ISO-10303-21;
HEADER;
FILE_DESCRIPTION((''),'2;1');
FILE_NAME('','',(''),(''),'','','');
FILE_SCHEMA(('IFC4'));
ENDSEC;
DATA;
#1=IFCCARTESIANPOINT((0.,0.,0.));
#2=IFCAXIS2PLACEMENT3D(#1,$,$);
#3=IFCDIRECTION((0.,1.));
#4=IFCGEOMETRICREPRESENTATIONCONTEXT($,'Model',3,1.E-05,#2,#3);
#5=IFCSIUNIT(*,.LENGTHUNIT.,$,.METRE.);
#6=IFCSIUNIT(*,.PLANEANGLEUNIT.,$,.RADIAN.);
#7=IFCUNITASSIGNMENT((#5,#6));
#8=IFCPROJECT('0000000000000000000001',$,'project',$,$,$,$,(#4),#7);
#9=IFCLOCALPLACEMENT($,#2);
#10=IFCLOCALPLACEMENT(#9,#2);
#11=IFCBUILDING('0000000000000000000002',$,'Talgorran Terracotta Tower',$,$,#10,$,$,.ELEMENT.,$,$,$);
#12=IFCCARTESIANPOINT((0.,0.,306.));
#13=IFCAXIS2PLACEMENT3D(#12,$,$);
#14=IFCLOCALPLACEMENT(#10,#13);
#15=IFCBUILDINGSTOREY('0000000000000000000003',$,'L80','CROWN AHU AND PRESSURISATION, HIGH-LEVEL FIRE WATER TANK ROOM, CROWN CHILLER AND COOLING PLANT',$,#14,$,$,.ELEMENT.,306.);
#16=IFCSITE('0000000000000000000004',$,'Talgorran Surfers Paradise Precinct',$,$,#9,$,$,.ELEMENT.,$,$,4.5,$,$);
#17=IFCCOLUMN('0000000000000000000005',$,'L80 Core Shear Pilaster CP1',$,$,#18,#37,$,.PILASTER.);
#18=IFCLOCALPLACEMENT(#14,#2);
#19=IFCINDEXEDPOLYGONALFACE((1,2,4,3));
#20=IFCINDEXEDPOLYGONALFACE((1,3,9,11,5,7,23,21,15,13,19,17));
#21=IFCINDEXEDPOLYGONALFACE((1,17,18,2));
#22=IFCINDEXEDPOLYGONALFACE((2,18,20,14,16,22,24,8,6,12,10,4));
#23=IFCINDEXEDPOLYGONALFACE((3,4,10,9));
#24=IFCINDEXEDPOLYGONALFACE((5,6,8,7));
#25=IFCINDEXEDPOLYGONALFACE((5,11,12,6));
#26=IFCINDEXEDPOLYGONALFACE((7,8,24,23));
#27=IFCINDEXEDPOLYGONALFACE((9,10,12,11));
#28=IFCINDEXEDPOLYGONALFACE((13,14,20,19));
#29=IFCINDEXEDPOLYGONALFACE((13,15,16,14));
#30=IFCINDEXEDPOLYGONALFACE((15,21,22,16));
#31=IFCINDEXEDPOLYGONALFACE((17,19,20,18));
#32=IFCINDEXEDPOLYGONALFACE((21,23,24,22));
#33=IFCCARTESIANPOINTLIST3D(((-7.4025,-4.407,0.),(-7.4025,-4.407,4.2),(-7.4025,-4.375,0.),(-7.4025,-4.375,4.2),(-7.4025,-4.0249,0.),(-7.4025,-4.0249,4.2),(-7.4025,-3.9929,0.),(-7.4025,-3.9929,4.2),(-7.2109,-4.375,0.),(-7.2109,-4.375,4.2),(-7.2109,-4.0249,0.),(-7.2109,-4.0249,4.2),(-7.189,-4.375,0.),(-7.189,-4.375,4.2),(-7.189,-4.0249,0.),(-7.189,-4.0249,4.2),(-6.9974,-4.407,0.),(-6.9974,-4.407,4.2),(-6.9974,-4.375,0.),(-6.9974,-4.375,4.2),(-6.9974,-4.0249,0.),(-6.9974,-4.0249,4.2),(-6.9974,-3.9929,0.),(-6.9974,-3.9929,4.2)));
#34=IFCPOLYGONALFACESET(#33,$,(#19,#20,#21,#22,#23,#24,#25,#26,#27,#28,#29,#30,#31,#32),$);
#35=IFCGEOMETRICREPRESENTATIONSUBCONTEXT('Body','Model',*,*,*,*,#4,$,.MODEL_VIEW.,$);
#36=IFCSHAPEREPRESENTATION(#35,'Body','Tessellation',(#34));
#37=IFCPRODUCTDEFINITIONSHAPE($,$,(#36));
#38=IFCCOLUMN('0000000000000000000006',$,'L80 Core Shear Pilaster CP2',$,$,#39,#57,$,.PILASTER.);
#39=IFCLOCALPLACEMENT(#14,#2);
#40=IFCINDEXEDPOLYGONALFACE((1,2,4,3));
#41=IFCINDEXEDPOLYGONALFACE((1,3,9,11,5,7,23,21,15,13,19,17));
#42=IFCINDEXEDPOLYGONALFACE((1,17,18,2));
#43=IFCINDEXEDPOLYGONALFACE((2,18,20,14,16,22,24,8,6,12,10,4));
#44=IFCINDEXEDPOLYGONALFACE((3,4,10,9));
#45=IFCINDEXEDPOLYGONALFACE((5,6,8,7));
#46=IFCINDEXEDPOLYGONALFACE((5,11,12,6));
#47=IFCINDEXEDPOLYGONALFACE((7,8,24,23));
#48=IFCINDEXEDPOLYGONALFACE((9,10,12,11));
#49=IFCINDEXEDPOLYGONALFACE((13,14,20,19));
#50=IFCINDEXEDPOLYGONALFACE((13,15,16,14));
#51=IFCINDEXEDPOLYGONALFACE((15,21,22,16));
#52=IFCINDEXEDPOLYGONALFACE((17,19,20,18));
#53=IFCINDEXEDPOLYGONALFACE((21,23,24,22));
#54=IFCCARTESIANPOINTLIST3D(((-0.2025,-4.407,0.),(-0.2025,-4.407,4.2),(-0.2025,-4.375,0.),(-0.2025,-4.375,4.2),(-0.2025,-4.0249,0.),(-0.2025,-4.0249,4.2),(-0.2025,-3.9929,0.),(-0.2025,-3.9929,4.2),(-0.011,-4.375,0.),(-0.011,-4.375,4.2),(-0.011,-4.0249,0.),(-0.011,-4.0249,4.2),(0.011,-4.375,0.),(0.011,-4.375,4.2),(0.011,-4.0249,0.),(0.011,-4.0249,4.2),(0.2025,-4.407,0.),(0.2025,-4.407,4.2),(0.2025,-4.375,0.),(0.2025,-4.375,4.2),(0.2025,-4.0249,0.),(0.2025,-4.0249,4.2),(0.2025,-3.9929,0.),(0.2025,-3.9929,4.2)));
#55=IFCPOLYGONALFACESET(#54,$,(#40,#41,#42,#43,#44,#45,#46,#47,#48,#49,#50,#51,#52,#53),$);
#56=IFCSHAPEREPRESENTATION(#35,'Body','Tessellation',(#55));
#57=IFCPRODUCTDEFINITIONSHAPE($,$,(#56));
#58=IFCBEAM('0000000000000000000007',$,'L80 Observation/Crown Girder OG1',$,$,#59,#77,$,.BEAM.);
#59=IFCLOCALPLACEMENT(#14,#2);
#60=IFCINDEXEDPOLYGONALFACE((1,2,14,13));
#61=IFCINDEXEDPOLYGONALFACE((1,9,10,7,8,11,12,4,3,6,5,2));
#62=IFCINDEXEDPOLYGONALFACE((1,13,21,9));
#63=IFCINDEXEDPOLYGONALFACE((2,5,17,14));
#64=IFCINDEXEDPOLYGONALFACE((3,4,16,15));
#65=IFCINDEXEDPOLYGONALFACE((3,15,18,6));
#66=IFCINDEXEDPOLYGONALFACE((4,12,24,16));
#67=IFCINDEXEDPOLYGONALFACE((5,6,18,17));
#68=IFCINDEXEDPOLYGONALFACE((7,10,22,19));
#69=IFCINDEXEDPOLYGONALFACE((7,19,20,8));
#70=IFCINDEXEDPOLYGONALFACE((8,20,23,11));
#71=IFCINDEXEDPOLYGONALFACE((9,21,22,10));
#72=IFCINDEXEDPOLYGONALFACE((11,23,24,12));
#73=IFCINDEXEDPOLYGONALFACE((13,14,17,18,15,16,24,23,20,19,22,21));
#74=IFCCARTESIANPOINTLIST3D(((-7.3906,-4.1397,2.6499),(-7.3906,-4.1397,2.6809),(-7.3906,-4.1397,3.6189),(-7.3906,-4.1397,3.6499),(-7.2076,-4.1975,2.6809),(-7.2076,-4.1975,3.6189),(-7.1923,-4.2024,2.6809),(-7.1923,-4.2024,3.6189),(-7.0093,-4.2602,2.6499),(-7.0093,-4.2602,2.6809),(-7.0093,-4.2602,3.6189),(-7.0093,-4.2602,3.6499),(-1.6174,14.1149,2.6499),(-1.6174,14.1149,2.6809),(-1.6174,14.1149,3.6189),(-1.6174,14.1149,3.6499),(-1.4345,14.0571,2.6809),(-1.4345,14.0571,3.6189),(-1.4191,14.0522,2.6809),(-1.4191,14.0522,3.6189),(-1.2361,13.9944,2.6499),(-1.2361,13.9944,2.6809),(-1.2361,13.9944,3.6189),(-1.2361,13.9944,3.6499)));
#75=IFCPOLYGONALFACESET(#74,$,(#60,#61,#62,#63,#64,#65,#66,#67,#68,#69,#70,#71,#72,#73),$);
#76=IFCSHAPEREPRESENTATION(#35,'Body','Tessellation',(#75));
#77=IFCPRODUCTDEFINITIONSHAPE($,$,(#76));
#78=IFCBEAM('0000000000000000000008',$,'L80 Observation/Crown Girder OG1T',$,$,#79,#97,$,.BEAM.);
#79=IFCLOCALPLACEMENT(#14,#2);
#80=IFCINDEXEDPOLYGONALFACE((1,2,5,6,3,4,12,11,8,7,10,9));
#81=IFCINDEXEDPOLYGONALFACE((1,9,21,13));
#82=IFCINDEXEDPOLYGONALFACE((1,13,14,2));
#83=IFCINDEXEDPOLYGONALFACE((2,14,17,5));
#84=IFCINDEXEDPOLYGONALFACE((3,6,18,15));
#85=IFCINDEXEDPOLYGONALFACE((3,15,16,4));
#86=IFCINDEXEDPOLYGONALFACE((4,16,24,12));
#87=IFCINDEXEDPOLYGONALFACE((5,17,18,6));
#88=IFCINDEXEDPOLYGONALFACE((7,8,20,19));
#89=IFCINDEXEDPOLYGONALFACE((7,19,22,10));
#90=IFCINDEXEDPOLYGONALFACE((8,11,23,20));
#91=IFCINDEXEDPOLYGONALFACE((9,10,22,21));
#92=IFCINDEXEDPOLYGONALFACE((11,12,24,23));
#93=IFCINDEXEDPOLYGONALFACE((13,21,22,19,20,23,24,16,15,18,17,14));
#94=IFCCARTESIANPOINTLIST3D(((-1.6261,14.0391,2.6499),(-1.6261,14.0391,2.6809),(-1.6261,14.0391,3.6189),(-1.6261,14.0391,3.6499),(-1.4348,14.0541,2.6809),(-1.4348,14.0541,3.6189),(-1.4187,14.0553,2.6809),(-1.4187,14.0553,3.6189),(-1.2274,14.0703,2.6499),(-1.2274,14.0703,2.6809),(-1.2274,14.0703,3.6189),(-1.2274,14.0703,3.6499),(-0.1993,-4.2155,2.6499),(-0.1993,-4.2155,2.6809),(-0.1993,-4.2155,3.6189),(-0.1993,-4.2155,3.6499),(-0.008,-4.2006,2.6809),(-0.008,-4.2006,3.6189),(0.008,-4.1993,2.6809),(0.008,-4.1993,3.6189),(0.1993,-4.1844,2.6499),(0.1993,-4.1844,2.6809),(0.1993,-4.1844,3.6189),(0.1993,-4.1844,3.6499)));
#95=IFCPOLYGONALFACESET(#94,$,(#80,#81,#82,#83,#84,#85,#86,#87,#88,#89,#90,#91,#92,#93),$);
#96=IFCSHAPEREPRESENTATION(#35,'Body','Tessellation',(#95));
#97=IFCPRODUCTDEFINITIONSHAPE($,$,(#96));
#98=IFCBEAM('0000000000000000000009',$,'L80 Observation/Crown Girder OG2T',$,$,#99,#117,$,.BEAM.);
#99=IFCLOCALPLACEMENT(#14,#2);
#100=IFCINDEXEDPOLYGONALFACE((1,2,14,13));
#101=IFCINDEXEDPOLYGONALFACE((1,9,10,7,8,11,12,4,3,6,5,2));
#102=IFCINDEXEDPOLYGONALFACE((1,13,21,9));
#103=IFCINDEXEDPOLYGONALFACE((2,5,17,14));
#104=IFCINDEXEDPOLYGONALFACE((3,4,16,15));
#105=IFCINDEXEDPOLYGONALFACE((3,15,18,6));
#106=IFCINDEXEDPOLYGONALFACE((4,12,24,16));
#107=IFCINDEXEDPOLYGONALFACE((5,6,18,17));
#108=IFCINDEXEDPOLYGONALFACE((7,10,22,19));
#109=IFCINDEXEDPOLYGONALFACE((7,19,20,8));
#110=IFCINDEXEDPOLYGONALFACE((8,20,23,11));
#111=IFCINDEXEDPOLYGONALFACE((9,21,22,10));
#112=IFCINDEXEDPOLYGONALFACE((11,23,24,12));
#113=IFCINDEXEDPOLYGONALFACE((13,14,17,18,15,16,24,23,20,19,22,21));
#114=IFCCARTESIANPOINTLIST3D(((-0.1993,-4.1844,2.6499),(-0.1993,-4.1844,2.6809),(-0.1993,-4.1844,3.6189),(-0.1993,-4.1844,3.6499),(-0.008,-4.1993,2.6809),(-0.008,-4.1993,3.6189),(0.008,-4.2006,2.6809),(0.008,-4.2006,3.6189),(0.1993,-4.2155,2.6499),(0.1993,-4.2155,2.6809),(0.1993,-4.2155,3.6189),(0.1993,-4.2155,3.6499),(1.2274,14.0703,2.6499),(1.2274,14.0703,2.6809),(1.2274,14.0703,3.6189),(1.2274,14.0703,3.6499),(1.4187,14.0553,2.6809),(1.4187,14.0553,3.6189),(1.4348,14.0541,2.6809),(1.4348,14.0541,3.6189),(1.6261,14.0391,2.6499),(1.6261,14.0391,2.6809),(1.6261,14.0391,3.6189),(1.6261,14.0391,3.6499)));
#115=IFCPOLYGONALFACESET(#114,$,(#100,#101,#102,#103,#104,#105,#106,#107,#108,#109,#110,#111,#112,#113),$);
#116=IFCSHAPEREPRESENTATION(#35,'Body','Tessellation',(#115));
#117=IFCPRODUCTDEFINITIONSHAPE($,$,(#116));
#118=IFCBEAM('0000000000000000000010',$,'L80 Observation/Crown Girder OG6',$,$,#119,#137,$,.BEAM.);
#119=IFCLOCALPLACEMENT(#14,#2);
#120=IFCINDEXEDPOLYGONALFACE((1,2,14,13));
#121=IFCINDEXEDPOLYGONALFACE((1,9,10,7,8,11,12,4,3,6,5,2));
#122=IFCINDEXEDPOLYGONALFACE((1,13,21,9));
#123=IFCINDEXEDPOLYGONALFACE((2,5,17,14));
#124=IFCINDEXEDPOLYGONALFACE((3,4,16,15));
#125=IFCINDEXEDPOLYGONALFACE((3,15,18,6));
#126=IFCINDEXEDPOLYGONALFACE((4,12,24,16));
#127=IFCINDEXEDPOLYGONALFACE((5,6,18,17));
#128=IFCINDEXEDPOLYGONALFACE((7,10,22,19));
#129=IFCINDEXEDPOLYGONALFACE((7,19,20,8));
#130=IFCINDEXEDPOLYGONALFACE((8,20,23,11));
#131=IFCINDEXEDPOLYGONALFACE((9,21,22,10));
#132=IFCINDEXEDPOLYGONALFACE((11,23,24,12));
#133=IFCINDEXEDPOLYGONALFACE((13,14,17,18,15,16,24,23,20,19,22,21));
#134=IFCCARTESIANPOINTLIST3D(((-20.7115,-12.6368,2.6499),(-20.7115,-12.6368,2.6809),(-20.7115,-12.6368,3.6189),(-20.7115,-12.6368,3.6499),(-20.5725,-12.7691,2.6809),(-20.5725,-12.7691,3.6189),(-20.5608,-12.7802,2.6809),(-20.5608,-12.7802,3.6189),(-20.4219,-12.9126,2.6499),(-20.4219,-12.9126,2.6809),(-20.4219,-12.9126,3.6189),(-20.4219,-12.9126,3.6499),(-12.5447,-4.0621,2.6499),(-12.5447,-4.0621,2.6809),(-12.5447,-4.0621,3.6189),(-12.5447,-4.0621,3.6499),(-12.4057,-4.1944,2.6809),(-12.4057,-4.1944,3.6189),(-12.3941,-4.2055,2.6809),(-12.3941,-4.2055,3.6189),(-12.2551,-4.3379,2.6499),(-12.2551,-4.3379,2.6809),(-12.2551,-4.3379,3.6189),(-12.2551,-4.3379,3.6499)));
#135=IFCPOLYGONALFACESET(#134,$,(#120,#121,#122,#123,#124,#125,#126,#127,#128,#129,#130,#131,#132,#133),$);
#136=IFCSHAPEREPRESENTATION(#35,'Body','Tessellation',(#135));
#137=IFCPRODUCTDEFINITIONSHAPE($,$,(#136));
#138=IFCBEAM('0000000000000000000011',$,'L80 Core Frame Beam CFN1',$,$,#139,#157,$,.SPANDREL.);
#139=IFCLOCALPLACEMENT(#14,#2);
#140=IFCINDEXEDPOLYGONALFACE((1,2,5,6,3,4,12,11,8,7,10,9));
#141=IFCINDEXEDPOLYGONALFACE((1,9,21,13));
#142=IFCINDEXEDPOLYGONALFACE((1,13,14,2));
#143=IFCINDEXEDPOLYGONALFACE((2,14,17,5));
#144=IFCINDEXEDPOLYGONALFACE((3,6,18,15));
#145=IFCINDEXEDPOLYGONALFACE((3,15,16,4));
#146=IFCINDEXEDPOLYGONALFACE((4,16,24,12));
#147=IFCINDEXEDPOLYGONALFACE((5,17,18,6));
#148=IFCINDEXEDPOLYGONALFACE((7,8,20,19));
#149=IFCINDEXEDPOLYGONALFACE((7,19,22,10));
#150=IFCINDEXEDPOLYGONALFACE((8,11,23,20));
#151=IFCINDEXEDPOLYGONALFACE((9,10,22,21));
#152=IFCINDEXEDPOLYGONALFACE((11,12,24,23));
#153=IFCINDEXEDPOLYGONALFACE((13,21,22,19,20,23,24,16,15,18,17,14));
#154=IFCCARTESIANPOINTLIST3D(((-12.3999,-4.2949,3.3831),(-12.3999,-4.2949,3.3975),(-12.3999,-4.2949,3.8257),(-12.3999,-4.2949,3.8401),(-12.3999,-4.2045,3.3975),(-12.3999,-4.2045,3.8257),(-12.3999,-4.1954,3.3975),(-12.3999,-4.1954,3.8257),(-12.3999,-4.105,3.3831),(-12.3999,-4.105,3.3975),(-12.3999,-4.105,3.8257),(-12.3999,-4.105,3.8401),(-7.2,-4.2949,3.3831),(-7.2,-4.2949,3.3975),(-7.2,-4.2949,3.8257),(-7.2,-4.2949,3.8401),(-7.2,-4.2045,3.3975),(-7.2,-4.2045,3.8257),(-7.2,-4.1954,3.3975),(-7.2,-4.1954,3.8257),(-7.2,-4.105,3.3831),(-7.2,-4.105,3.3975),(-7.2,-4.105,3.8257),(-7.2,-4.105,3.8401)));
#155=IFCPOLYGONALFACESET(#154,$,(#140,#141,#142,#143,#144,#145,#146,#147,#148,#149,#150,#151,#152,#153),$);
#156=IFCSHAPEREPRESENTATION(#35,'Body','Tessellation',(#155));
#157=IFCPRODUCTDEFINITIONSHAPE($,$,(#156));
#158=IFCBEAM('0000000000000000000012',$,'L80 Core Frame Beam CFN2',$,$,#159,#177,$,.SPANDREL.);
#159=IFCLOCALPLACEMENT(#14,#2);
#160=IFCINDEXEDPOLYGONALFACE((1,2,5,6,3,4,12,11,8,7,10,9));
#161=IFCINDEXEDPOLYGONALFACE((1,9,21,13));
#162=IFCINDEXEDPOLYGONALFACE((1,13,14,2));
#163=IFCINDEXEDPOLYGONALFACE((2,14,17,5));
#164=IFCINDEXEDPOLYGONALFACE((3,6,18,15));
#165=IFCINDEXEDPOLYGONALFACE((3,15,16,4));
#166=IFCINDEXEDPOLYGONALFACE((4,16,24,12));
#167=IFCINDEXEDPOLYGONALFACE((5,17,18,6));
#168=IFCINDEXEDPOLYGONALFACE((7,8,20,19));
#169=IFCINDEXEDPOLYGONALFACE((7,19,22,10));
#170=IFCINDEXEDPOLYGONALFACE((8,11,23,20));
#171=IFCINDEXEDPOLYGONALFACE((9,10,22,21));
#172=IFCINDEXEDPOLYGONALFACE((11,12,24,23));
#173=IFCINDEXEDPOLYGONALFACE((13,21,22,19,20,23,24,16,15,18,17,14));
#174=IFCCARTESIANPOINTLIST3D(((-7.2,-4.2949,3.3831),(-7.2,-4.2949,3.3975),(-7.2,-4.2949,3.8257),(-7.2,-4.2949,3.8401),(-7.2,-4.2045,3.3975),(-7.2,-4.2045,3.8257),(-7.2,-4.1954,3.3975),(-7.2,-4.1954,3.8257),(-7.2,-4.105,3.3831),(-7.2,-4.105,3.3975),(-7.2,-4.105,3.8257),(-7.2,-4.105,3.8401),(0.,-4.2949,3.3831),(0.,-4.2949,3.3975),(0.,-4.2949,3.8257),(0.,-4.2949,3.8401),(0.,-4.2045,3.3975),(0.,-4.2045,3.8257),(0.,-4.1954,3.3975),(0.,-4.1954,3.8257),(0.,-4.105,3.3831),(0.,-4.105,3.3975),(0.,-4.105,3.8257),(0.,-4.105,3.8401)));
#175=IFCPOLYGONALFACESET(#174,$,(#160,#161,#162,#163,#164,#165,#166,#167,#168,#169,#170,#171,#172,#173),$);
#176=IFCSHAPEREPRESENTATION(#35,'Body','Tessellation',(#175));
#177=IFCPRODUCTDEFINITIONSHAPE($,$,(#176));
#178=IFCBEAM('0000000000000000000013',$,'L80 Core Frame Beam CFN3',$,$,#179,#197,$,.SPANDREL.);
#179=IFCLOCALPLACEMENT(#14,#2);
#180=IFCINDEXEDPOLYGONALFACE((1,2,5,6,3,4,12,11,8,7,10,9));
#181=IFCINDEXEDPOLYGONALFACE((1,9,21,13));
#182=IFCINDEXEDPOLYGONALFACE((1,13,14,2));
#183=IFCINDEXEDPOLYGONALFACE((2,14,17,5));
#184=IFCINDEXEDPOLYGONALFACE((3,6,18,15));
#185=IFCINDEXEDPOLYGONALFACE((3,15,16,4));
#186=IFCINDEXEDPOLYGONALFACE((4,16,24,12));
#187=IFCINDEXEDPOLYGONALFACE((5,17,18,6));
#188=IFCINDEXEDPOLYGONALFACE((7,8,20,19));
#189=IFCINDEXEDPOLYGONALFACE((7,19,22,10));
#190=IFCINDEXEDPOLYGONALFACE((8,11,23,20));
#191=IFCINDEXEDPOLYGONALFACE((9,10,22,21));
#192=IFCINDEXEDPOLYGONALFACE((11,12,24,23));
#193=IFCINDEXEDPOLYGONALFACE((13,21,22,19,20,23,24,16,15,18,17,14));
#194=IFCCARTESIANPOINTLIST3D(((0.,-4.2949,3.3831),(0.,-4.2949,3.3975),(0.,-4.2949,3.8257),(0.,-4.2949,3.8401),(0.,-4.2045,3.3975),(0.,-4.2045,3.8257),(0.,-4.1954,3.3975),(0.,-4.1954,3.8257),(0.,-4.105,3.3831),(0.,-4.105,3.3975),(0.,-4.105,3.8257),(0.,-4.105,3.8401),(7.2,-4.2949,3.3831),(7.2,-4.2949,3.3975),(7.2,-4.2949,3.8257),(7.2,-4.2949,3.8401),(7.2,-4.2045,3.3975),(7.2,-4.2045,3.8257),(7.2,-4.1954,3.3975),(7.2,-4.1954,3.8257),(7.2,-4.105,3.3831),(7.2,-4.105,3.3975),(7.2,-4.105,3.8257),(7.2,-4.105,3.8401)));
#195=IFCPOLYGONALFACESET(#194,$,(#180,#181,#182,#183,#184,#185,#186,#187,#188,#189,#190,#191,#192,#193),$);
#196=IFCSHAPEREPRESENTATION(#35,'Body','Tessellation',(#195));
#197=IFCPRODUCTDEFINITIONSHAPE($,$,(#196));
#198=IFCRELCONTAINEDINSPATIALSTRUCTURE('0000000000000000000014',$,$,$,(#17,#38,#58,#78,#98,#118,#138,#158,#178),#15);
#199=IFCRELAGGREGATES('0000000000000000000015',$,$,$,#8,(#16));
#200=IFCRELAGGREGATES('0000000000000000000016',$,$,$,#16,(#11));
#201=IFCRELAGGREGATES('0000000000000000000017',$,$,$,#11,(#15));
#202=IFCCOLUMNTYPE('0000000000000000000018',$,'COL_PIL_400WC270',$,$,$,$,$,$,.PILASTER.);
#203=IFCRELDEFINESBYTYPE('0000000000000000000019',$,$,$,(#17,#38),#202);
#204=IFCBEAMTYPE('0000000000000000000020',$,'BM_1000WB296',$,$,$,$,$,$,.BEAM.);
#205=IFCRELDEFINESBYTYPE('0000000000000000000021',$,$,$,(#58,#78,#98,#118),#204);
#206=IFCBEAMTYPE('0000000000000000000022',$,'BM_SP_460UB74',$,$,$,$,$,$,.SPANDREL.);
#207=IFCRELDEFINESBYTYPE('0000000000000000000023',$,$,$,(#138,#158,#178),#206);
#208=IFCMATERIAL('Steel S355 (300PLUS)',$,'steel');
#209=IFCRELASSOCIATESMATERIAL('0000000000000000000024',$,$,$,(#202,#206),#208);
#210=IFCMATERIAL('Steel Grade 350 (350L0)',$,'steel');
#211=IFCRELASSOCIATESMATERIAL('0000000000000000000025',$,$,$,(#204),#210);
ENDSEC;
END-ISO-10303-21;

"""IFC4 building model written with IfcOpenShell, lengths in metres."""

from ifc_helpers import new_model, si_unit, direction, frame, origin, origin_2d, place, context, subcontext, project, spatial, i_section, extrude, material, material_profile, profile_set, type_object, element, save


model = new_model("IFC4")

# Units and contexts
model_context = context("Model", 3, precision=1e-05, world=origin(), true_north=direction((0.0, 1.0)))
body_context = subcontext(model_context, "Body", "Model", "MODEL_VIEW")
ifc_project = project(units=[si_unit("LENGTHUNIT", "METRE"), si_unit("PLANEANGLEUNIT", "RADIAN")], contexts=[model_context])

# Site, building, storey
site_placement = place(None, origin())
site = spatial("IfcSite", under=ifc_project, at=site_placement, Name="Talgorran Surfers Paradise Precinct", CompositionType="ELEMENT", RefElevation=4.5)
building_placement = place(site_placement, origin())
building = spatial("IfcBuilding", under=site, at=building_placement, Name="Talgorran Terracotta Tower", CompositionType="ELEMENT")
storey_placement = place(building_placement, frame((0.0, 0.0, 306.0)))
storey = spatial("IfcBuildingStorey", under=building, at=storey_placement, Name="L80", Description="CROWN AHU AND PRESSURISATION, HIGH-LEVEL FIRE WATER TANK ROOM, CROWN CHILLER AND COOLING PLANT", CompositionType="ELEMENT", Elevation=306.0)

# Columns
ifc_material_1 = material(Name="Steel S355 (300PLUS)", Category="steel")
ifc_material_profile_1 = material_profile(ifc_material_1, i_section(OverallWidth=0.405, OverallDepth=0.4141, WebThickness=0.022, FlangeThickness=0.032, at=origin_2d()), Name="400WC270")
ifc_profile_set_1 = profile_set([ifc_material_profile_1], Name="Steel S355 (300PLUS)")
column_type = type_object("IfcColumnType", Name="COL_PIL_400WC270", PredefinedType="PILASTER", material=ifc_profile_set_1)
for number, where, z_axis, x_axis, name in (
    (1, (-7.2, -4.2, 0.0), (0.0, 0.0, 1.0), (1.0, 0.0, 0.0), "L80 Core Shear Pilaster CP1"),
    (2, (0.0, -4.2, 0.0), (0.0, 0.0, 1.0), (1.0, 0.0, 0.0), "L80 Core Shear Pilaster CP2"),
):
    element("IfcColumn", number, at=place(storey_placement, frame(where, z_axis=z_axis, x_axis=x_axis)), inside=storey, type_object=column_type, Name=name, PredefinedType="PILASTER", context=body_context, shape_type="SweptSolid", body=[
        extrude(i_section(OverallWidth=0.405, OverallDepth=0.4141, WebThickness=0.022, FlangeThickness=0.032, at=origin_2d()), origin(), (0.0, 0.0, 1.0), 4.2),
    ])

# Beams
ifc_material_2 = material(Name="Steel Grade 350 (350L0)", Category="steel")
ifc_material_profile_2 = material_profile(ifc_material_2, i_section(OverallWidth=0.3999, OverallDepth=1.0, WebThickness=0.0161, FlangeThickness=0.031, at=origin_2d()), Name="1000WB296")
ifc_profile_set_2 = profile_set([ifc_material_profile_2], Name="Steel Grade 350 (350L0)")
beam_type_1 = type_object("IfcBeamType", Name="BM_1000WB296", PredefinedType="BEAM", material=ifc_profile_set_2)
beam_1_placement = place(storey_placement, frame((-7.2, -4.2, 3.1499), z_axis=(0.301538, 0.953454, 0.0), x_axis=(-0.953454, 0.301538, 0.0)))
element("IfcBeam", 3, at=beam_1_placement, inside=storey, type_object=beam_type_1, Name="L80 Observation/Crown Girder OG1", PredefinedType="BEAM", context=body_context, shape_type="SweptSolid", body=[
    extrude(i_section(OverallWidth=0.3999, OverallDepth=1.0, WebThickness=0.0161, FlangeThickness=0.031, at=origin_2d()), origin(), (0.0, 0.0, 1.0), 19.1458),
])
for number, where, z_axis, x_axis, name in (
    (4, (0.0, -4.2, 3.1499), (-0.077921, 0.99696, 0.0), (-0.99696, -0.077921, 0.0), "L80 Observation/Crown Girder OG1T"),
    (5, (0.0, -4.2, 3.1499), (0.077921, 0.99696, 0.0), (-0.99696, 0.077921, 0.0), "L80 Observation/Crown Girder OG2T"),
):
    element("IfcBeam", number, at=place(storey_placement, frame(where, z_axis=z_axis, x_axis=x_axis)), inside=storey, type_object=beam_type_1, Name=name, PredefinedType="BEAM", context=body_context, shape_type="SweptSolid", body=[
        extrude(i_section(OverallWidth=0.3999, OverallDepth=1.0, WebThickness=0.0161, FlangeThickness=0.031, at=origin_2d()), origin(), (0.0, 0.0, 1.0), 18.3103),
    ])
beam_2_placement = place(storey_placement, frame((-12.3999, -4.2, 3.1499), z_axis=(-0.689671, -0.724123, 0.0), x_axis=(0.724123, -0.689671, 0.0)))
element("IfcBeam", 6, at=beam_2_placement, inside=storey, type_object=beam_type_1, Name="L80 Observation/Crown Girder OG6", PredefinedType="BEAM", context=body_context, shape_type="SweptSolid", body=[
    extrude(i_section(OverallWidth=0.3999, OverallDepth=1.0, WebThickness=0.0161, FlangeThickness=0.031, at=origin_2d()), origin(), (0.0, 0.0, 1.0), 11.8416),
])
ifc_material_profile_3 = material_profile(ifc_material_1, i_section(OverallWidth=0.1899, OverallDepth=0.457, WebThickness=0.009, FlangeThickness=0.0144, at=origin_2d()), Name="460UB74.6")
ifc_profile_set_3 = profile_set([ifc_material_profile_3], Name="Steel S355 (300PLUS)")
beam_type_2 = type_object("IfcBeamType", Name="BM_SP_460UB74", PredefinedType="SPANDREL", material=ifc_profile_set_3)
beam_3_placement = place(storey_placement, frame((-12.3999, -4.2, 3.6116), z_axis=(1.0, 0.0, 0.0), x_axis=(0.0, 1.0, 0.0)))
element("IfcBeam", 7, at=beam_3_placement, inside=storey, type_object=beam_type_2, Name="L80 Core Frame Beam CFN1", PredefinedType="SPANDREL", context=body_context, shape_type="SweptSolid", body=[
    extrude(i_section(OverallWidth=0.1899, OverallDepth=0.457, WebThickness=0.009, FlangeThickness=0.0144, at=origin_2d()), origin(), (0.0, 0.0, 1.0), 5.2),
])
for number, where, z_axis, x_axis, name in (
    (8, (-7.2, -4.2, 3.6116), (1.0, 0.0, 0.0), (0.0, 1.0, 0.0), "L80 Core Frame Beam CFN2"),
    (9, (0.0, -4.2, 3.6116), (1.0, 0.0, 0.0), (0.0, 1.0, 0.0), "L80 Core Frame Beam CFN3"),
):
    element("IfcBeam", number, at=place(storey_placement, frame(where, z_axis=z_axis, x_axis=x_axis)), inside=storey, type_object=beam_type_2, Name=name, PredefinedType="SPANDREL", context=body_context, shape_type="SweptSolid", body=[
        extrude(i_section(OverallWidth=0.1899, OverallDepth=0.457, WebThickness=0.009, FlangeThickness=0.0144, at=origin_2d()), origin(), (0.0, 0.0, 1.0), 7.2),
    ])

save(model, "model.ifc")
